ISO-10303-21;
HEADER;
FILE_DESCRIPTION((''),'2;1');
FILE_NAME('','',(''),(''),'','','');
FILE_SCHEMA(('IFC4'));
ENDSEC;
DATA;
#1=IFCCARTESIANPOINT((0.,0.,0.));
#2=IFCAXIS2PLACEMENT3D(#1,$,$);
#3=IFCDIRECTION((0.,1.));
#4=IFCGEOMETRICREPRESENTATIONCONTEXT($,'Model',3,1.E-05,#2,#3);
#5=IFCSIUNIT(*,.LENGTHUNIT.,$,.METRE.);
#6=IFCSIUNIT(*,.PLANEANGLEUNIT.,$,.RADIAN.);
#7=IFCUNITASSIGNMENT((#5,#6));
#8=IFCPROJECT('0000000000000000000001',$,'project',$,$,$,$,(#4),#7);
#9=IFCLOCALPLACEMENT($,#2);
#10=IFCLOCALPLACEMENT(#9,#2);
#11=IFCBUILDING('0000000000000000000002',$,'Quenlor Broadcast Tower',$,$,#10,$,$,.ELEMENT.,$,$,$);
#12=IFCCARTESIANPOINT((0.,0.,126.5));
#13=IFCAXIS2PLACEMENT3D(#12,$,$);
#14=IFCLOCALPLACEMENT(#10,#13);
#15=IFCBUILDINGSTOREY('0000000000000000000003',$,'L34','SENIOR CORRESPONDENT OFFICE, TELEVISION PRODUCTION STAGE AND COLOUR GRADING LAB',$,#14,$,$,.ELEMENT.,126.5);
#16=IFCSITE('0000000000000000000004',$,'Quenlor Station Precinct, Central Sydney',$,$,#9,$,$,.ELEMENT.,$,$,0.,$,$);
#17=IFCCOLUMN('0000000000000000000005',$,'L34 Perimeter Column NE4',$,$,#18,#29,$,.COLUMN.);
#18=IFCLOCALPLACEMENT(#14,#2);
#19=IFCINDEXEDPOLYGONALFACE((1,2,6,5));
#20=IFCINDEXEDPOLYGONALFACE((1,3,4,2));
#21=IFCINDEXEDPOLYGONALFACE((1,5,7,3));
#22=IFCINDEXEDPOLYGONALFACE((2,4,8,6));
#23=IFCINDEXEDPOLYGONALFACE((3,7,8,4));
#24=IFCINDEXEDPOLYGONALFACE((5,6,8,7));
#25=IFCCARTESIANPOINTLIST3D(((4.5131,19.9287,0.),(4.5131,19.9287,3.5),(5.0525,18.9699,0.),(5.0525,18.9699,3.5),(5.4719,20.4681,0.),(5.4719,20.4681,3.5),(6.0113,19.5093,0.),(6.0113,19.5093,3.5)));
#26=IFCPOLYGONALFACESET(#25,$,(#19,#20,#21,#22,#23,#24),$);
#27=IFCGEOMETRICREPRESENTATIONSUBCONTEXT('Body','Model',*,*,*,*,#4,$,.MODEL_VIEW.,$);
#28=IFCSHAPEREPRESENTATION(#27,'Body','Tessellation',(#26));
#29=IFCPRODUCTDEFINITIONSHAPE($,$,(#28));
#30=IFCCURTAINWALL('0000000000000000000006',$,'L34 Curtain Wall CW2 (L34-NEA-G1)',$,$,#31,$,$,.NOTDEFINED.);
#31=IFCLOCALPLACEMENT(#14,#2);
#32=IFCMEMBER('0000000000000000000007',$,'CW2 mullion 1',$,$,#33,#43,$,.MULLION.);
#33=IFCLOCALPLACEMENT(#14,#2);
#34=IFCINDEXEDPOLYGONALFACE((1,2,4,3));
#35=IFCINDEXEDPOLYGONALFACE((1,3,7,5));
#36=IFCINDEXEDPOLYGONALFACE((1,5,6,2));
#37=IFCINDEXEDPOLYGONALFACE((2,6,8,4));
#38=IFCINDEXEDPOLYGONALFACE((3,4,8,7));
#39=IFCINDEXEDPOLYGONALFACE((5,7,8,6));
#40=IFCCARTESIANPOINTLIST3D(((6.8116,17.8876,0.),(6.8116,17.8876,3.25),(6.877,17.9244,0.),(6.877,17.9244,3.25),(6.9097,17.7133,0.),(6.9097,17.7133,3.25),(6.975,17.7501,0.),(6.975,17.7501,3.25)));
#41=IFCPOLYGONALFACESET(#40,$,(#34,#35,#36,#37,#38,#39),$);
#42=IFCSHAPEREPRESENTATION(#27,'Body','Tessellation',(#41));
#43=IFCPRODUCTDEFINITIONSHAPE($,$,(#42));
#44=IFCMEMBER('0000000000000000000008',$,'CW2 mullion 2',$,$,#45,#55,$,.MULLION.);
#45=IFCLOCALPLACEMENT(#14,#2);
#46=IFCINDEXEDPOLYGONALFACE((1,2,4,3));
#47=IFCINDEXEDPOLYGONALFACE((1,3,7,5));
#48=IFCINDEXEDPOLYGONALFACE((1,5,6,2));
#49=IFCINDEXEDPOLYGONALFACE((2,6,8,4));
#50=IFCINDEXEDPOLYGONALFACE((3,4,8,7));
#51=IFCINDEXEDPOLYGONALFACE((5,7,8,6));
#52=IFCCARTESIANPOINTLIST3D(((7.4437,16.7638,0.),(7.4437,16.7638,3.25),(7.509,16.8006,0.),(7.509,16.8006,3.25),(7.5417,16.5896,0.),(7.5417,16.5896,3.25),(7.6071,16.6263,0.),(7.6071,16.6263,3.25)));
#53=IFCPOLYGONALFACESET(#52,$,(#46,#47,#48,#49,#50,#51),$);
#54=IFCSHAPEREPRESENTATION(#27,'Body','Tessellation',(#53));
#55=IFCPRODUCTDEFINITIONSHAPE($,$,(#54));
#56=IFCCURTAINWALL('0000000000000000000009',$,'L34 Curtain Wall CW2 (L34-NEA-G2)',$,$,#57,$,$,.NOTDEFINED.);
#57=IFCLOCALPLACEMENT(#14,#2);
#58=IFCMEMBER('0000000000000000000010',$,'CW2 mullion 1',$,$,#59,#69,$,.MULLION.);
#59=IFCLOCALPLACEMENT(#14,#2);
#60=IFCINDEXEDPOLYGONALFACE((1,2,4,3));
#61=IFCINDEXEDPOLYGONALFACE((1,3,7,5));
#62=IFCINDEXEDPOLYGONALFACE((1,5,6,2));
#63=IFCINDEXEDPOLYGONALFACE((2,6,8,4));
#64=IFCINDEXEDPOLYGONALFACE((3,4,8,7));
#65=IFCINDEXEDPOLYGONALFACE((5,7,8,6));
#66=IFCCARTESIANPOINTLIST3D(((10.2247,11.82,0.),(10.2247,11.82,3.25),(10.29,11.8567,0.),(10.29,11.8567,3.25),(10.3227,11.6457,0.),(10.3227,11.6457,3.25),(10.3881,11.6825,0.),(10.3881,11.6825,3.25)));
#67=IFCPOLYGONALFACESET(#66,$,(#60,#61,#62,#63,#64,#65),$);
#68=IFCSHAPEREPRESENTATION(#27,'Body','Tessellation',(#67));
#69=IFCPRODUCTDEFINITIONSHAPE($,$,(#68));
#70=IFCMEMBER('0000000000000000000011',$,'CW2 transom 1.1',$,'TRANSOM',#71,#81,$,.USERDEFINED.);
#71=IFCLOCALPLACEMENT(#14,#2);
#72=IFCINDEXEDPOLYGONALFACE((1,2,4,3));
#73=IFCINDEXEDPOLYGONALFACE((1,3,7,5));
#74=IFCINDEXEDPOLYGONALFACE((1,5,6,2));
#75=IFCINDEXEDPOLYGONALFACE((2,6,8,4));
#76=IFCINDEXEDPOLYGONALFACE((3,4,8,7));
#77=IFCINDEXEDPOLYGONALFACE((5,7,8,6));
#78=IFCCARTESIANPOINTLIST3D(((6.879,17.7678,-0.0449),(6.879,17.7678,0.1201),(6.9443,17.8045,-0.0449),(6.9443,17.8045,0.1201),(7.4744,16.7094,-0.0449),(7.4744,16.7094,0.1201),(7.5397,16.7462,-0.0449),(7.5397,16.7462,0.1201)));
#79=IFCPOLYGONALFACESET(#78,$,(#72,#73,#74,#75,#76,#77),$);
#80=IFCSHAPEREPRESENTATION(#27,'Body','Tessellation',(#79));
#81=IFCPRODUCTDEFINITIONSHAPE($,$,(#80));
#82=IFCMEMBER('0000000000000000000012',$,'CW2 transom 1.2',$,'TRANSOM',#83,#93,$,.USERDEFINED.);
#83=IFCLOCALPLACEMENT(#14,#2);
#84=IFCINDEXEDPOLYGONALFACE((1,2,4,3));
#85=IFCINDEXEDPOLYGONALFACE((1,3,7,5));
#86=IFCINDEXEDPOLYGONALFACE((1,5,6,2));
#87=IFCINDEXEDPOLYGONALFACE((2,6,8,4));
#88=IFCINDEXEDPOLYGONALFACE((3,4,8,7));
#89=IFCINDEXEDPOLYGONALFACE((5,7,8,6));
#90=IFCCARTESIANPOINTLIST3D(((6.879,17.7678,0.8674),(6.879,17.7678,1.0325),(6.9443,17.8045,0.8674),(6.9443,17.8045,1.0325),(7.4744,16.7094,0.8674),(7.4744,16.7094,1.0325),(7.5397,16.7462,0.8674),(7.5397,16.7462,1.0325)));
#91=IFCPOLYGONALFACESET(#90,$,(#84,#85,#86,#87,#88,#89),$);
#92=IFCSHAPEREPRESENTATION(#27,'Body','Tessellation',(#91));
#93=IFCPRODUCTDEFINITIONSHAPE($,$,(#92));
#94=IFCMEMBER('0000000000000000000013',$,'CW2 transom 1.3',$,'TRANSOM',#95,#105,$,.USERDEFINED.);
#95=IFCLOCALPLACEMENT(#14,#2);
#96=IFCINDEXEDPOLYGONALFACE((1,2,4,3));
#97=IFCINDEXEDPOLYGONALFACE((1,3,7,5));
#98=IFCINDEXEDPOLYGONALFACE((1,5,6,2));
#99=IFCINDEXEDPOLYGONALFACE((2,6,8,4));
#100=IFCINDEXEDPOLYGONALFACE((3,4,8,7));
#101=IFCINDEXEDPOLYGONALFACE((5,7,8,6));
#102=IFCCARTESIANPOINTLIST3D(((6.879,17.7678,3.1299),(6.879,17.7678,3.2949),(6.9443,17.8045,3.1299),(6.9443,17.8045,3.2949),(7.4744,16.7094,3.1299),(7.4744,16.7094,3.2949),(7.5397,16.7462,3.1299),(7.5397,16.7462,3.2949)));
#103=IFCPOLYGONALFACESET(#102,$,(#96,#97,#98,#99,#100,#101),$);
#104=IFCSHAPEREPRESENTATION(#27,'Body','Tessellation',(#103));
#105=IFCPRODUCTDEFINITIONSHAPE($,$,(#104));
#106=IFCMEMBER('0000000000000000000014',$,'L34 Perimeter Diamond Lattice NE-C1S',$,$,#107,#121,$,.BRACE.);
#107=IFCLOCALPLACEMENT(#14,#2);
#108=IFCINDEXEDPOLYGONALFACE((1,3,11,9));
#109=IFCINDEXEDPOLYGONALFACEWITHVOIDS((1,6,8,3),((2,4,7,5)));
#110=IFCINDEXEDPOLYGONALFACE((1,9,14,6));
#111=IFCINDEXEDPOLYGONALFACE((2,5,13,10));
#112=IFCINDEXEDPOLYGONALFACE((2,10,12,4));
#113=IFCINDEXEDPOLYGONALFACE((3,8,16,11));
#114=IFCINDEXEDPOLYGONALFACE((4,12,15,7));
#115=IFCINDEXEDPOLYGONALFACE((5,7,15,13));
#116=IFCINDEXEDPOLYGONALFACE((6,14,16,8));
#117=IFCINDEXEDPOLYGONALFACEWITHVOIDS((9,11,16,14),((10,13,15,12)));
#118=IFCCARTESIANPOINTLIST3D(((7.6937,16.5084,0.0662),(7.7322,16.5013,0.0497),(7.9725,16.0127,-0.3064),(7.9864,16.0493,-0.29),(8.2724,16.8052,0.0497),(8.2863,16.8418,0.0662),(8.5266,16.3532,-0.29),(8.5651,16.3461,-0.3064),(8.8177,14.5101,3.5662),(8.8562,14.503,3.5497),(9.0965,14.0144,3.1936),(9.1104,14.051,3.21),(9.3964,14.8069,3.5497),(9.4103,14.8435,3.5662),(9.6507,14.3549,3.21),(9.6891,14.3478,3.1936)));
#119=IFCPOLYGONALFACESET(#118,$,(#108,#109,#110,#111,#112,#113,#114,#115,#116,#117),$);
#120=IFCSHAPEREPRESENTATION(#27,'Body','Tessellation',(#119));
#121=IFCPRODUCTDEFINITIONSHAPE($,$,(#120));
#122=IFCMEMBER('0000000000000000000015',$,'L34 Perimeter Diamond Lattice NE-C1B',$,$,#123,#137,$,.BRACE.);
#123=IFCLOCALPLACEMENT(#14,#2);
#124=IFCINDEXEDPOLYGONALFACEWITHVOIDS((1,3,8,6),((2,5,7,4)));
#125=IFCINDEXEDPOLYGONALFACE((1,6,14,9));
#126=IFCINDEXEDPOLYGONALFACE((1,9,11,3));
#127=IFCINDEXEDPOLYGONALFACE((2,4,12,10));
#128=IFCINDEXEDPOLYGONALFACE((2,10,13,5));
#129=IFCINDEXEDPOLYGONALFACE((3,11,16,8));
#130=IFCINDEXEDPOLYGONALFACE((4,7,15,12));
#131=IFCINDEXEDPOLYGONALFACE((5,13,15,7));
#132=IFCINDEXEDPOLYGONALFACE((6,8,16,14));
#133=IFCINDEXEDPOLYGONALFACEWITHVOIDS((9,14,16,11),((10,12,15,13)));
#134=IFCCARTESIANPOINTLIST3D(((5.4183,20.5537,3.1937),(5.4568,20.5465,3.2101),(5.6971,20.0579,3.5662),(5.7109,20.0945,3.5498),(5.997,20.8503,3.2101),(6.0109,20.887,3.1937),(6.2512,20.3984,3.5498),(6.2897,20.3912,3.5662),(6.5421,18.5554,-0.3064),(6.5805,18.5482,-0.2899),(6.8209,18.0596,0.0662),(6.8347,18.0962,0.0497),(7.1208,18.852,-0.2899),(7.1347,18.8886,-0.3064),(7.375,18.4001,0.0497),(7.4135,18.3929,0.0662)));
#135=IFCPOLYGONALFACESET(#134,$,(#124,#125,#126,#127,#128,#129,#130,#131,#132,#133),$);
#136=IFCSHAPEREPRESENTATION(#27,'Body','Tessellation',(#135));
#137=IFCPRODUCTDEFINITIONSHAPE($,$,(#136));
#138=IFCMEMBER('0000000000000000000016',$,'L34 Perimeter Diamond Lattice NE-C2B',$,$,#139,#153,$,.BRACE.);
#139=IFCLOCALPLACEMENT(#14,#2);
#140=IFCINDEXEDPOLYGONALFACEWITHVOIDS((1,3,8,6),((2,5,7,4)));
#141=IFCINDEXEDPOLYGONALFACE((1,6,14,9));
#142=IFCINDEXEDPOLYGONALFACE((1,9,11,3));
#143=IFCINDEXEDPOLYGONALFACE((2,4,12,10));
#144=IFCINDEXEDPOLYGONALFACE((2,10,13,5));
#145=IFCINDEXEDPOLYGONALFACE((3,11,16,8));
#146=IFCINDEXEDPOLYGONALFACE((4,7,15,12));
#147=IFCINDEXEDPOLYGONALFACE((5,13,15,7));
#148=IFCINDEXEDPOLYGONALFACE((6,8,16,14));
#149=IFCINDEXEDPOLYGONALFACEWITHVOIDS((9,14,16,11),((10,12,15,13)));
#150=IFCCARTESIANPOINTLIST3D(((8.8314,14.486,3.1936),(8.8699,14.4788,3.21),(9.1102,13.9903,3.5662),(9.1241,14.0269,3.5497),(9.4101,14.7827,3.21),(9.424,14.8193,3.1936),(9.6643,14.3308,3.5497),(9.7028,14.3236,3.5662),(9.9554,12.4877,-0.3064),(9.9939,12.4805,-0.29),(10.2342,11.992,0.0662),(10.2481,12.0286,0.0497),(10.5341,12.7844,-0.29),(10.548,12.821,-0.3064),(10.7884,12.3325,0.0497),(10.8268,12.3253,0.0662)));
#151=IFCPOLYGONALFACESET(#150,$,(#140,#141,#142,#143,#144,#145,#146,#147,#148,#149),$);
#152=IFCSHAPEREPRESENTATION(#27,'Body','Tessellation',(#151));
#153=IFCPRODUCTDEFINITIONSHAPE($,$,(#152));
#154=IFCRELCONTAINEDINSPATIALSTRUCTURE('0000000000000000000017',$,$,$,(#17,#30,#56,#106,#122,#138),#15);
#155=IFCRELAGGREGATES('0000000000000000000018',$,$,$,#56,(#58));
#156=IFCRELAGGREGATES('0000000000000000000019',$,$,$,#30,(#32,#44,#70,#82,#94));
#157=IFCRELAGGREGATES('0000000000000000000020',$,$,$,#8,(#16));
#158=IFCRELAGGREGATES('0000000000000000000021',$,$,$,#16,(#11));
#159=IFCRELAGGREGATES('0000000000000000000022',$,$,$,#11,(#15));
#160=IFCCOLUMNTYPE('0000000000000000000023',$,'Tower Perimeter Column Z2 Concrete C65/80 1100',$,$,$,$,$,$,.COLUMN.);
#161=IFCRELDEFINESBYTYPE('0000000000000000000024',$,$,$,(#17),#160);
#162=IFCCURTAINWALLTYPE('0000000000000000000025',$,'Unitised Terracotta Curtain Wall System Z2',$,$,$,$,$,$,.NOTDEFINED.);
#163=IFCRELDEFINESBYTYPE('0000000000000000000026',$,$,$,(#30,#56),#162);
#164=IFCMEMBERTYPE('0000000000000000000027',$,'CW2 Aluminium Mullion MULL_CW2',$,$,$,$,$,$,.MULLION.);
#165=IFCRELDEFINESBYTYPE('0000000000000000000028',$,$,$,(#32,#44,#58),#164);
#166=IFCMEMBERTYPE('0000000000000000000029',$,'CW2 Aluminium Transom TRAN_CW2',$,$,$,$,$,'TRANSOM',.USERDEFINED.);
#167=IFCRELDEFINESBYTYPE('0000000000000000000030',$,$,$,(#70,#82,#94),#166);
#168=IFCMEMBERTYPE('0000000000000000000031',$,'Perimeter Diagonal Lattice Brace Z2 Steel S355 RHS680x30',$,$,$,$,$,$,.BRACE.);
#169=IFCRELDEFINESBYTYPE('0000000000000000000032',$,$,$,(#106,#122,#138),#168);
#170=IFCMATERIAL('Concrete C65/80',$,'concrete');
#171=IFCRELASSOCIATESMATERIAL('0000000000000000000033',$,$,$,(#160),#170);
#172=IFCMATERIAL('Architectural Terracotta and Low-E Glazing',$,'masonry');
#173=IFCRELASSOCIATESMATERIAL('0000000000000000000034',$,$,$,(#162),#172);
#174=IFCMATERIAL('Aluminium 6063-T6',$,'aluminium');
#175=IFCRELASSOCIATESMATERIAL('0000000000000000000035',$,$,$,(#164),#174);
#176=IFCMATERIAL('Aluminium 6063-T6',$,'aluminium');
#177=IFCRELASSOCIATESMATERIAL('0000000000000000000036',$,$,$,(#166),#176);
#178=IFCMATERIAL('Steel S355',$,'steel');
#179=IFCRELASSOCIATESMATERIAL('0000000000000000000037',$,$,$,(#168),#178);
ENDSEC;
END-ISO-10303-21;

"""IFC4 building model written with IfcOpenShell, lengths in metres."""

from ifc_helpers import new_model, si_unit, direction, frame, origin, origin_2d, place, context, subcontext, project, spatial, rectangle, hollow_rectangle, extrude, material, material_profile, profile_set, type_object, element, aggregate, save


model = new_model("IFC4")

# Units and contexts
model_context = context("Model", 3, precision=1e-05, world=origin(), true_north=direction((0.0, 1.0)))
body_context = subcontext(model_context, "Body", "Model", "MODEL_VIEW")
ifc_project = project(units=[si_unit("LENGTHUNIT", "METRE"), si_unit("PLANEANGLEUNIT", "RADIAN")], contexts=[model_context])

# Site, building, storey
site_placement = place(None, origin())
site = spatial("IfcSite", under=ifc_project, at=site_placement, Name="Quenlor Station Precinct, Central Sydney", CompositionType="ELEMENT", RefElevation=0.0)
building_placement = place(site_placement, origin())
building = spatial("IfcBuilding", under=site, at=building_placement, Name="Quenlor Broadcast Tower", CompositionType="ELEMENT")
storey_placement = place(building_placement, frame((0.0, 0.0, 126.5)))
storey = spatial("IfcBuildingStorey", under=building, at=storey_placement, Name="L34", Description="SENIOR CORRESPONDENT OFFICE, TELEVISION PRODUCTION STAGE AND COLOUR GRADING LAB", CompositionType="ELEMENT", Elevation=126.5)

# Column
ifc_material_1 = material(Name="Concrete C65/80", Category="concrete")
ifc_material_profile_1 = material_profile(ifc_material_1, rectangle(XDim=1.1001, YDim=1.1001, at=origin_2d()))
ifc_profile_set_1 = profile_set([ifc_material_profile_1], Name="Concrete C65/80 RC1100x1100")
column_type = type_object("IfcColumnType", Name="Tower Perimeter Column Z2 Concrete C65/80 1100", PredefinedType="COLUMN", material=ifc_profile_set_1)
column_placement = place(storey_placement, frame((5.2622, 19.719, 0.0), z_axis=(0.0, 0.0, 1.0), x_axis=(0.871575, 0.490262, 0.0)))
element("IfcColumn", 1, at=column_placement, inside=storey, type_object=column_type, Name="L34 Perimeter Column NE4", PredefinedType="COLUMN", context=body_context, shape_type="SweptSolid", body=[
    extrude(rectangle(XDim=1.1001, YDim=1.1001, at=origin_2d()), origin(), (0.0, 0.0, 1.0), 3.5),
])

# Curtain wall, members
ifc_material_2 = material(Name="Architectural Terracotta and Low-E Glazing", Category="masonry")
curtain_wall_type = type_object("IfcCurtainWallType", Name="Unitised Terracotta Curtain Wall System Z2", PredefinedType="NOTDEFINED", material=ifc_material_2)
curtain_wall_1_placement = place(storey_placement, origin())
curtain_wall_1 = element("IfcCurtainWall", 2, at=curtain_wall_1_placement, inside=storey, type_object=curtain_wall_type, Name="L34 Curtain Wall CW2 (L34-NEA-G1)", PredefinedType="NOTDEFINED")
ifc_material_3 = material(Name="Aluminium 6063-T6", Category="aluminium")
ifc_material_profile_2 = material_profile(ifc_material_3, rectangle(XDim=0.075, YDim=0.2, at=origin_2d()))
ifc_profile_set_2 = profile_set([ifc_material_profile_2], Name="Aluminium 6063-T6 MULL75x200")
member_type_1 = type_object("IfcMemberType", Name="CW2 Aluminium Mullion MULL_CW2", PredefinedType="MULLION", material=ifc_profile_set_2)
member_1_placement = place(storey_placement, frame((6.8933, 17.8188, 0.0), z_axis=(0.0, 0.0, 1.0), x_axis=(0.871583, 0.490247, 0.0)))
member_1 = element("IfcMember", 3, at=member_1_placement, type_object=member_type_1, Name="CW2 mullion 1", PredefinedType="MULLION", context=body_context, shape_type="SweptSolid", body=[
    extrude(rectangle(XDim=0.075, YDim=0.2, at=origin_2d()), origin(), (0.0, 0.0, 1.0), 3.25),
])
member_2_placement = place(storey_placement, frame((7.5254, 16.6951, 0.0), z_axis=(0.0, 0.0, 1.0), x_axis=(0.871583, 0.490247, 0.0)))
member_2 = element("IfcMember", 4, at=member_2_placement, type_object=member_type_1, Name="CW2 mullion 2", PredefinedType="MULLION", context=body_context, shape_type="SweptSolid", body=[
    extrude(rectangle(XDim=0.075, YDim=0.2, at=origin_2d()), origin(), (0.0, 0.0, 1.0), 3.25),
])

# Curtain wall, member
curtain_wall_2_placement = place(storey_placement, origin())
curtain_wall_2 = element("IfcCurtainWall", 5, at=curtain_wall_2_placement, inside=storey, type_object=curtain_wall_type, Name="L34 Curtain Wall CW2 (L34-NEA-G2)", PredefinedType="NOTDEFINED")
member_3_placement = place(storey_placement, frame((10.3064, 11.7512, 0.0), z_axis=(0.0, 0.0, 1.0), x_axis=(0.871581, 0.490252, 0.0)))
member_3 = element("IfcMember", 6, at=member_3_placement, type_object=member_type_1, Name="CW2 mullion 1", PredefinedType="MULLION", context=body_context, shape_type="SweptSolid", body=[
    extrude(rectangle(XDim=0.075, YDim=0.2, at=origin_2d()), origin(), (0.0, 0.0, 1.0), 3.25),
])
aggregate(curtain_wall_2, [member_3])

# Members
ifc_material_4 = material(Name="Aluminium 6063-T6", Category="aluminium")
ifc_material_profile_3 = material_profile(ifc_material_4, rectangle(XDim=0.075, YDim=0.165, at=origin_2d()))
ifc_profile_set_3 = profile_set([ifc_material_profile_3], Name="Aluminium 6063-T6 TRAN75x165")
member_type_2 = type_object("IfcMemberType", Name="CW2 Aluminium Transom TRAN_CW2", ElementType="TRANSOM", PredefinedType="USERDEFINED", material=ifc_profile_set_3)
member_4_placement = place(storey_placement, frame((6.9116, 17.7861, 0.0376), z_axis=(0.490347, -0.871527, 0.0), x_axis=(0.871527, 0.490347, 0.0)))
member_4 = element("IfcMember", 7, at=member_4_placement, type_object=member_type_2, Name="CW2 transom 1.1", ObjectType="TRANSOM", PredefinedType="USERDEFINED", context=body_context, shape_type="SweptSolid", body=[
    extrude(rectangle(XDim=0.075, YDim=0.165, at=origin_2d()), origin(), (0.0, 0.0, 1.0), 1.2144),
])
member_5_placement = place(storey_placement, frame((6.9116, 17.7861, 0.95), z_axis=(0.490347, -0.871527, 0.0), x_axis=(0.871527, 0.490347, 0.0)))
member_5 = element("IfcMember", 8, at=member_5_placement, type_object=member_type_2, Name="CW2 transom 1.2", ObjectType="TRANSOM", PredefinedType="USERDEFINED", context=body_context, shape_type="SweptSolid", body=[
    extrude(rectangle(XDim=0.075, YDim=0.165, at=origin_2d()), origin(), (0.0, 0.0, 1.0), 1.2144),
])
member_6_placement = place(storey_placement, frame((6.9116, 17.7861, 3.2124), z_axis=(0.490347, -0.871527, 0.0), x_axis=(0.871527, 0.490347, 0.0)))
member_6 = element("IfcMember", 9, at=member_6_placement, type_object=member_type_2, Name="CW2 transom 1.3", ObjectType="TRANSOM", PredefinedType="USERDEFINED", context=body_context, shape_type="SweptSolid", body=[
    extrude(rectangle(XDim=0.075, YDim=0.165, at=origin_2d()), origin(), (0.0, 0.0, 1.0), 1.2144),
])

# Members
ifc_material_5 = material(Name="Steel S355", Category="steel")
ifc_material_profile_4 = material_profile(ifc_material_5, hollow_rectangle(XDim=0.6799, YDim=0.6799, WallThickness=0.03, at=origin_2d()))
ifc_profile_set_4 = profile_set([ifc_material_profile_4], Name="Steel S355 RHS680x680x30")
member_type_3 = type_object("IfcMemberType", Name="Perimeter Diagonal Lattice Brace Z2 Steel S355 RHS680x30", PredefinedType="BRACE", material=ifc_profile_set_4)
for number, where, z_axis, x_axis, name in (
    (10, (8.1294, 16.4272, -0.1201), (0.268642, -0.477593, 0.836502), (0.871578, 0.490256, 0.0), "L34 Perimeter Diamond Lattice NE-C1S"),
    (11, (6.9778, 18.4741, -0.1201), (-0.268588, 0.4776, 0.836516), (-0.871624, -0.490175, 0.0), "L34 Perimeter Diamond Lattice NE-C1B"),
    (12, (10.3911, 12.4065, -0.1201), (-0.268642, 0.477593, 0.836502), (-0.871578, -0.490256, 0.0), "L34 Perimeter Diamond Lattice NE-C2B"),
):
    element("IfcMember", number, at=place(storey_placement, frame(where, z_axis=z_axis, x_axis=x_axis)), inside=storey, type_object=member_type_3, Name=name, PredefinedType="BRACE", context=body_context, shape_type="SweptSolid", body=[
        extrude(hollow_rectangle(XDim=0.6799, YDim=0.6799, WallThickness=0.03, at=origin_2d()), origin(), (0.0, 0.0, 1.0), 4.1841),
    ])

aggregate(curtain_wall_1, [member_1, member_2, member_4, member_5, member_6])

save(model, "model.ifc")
